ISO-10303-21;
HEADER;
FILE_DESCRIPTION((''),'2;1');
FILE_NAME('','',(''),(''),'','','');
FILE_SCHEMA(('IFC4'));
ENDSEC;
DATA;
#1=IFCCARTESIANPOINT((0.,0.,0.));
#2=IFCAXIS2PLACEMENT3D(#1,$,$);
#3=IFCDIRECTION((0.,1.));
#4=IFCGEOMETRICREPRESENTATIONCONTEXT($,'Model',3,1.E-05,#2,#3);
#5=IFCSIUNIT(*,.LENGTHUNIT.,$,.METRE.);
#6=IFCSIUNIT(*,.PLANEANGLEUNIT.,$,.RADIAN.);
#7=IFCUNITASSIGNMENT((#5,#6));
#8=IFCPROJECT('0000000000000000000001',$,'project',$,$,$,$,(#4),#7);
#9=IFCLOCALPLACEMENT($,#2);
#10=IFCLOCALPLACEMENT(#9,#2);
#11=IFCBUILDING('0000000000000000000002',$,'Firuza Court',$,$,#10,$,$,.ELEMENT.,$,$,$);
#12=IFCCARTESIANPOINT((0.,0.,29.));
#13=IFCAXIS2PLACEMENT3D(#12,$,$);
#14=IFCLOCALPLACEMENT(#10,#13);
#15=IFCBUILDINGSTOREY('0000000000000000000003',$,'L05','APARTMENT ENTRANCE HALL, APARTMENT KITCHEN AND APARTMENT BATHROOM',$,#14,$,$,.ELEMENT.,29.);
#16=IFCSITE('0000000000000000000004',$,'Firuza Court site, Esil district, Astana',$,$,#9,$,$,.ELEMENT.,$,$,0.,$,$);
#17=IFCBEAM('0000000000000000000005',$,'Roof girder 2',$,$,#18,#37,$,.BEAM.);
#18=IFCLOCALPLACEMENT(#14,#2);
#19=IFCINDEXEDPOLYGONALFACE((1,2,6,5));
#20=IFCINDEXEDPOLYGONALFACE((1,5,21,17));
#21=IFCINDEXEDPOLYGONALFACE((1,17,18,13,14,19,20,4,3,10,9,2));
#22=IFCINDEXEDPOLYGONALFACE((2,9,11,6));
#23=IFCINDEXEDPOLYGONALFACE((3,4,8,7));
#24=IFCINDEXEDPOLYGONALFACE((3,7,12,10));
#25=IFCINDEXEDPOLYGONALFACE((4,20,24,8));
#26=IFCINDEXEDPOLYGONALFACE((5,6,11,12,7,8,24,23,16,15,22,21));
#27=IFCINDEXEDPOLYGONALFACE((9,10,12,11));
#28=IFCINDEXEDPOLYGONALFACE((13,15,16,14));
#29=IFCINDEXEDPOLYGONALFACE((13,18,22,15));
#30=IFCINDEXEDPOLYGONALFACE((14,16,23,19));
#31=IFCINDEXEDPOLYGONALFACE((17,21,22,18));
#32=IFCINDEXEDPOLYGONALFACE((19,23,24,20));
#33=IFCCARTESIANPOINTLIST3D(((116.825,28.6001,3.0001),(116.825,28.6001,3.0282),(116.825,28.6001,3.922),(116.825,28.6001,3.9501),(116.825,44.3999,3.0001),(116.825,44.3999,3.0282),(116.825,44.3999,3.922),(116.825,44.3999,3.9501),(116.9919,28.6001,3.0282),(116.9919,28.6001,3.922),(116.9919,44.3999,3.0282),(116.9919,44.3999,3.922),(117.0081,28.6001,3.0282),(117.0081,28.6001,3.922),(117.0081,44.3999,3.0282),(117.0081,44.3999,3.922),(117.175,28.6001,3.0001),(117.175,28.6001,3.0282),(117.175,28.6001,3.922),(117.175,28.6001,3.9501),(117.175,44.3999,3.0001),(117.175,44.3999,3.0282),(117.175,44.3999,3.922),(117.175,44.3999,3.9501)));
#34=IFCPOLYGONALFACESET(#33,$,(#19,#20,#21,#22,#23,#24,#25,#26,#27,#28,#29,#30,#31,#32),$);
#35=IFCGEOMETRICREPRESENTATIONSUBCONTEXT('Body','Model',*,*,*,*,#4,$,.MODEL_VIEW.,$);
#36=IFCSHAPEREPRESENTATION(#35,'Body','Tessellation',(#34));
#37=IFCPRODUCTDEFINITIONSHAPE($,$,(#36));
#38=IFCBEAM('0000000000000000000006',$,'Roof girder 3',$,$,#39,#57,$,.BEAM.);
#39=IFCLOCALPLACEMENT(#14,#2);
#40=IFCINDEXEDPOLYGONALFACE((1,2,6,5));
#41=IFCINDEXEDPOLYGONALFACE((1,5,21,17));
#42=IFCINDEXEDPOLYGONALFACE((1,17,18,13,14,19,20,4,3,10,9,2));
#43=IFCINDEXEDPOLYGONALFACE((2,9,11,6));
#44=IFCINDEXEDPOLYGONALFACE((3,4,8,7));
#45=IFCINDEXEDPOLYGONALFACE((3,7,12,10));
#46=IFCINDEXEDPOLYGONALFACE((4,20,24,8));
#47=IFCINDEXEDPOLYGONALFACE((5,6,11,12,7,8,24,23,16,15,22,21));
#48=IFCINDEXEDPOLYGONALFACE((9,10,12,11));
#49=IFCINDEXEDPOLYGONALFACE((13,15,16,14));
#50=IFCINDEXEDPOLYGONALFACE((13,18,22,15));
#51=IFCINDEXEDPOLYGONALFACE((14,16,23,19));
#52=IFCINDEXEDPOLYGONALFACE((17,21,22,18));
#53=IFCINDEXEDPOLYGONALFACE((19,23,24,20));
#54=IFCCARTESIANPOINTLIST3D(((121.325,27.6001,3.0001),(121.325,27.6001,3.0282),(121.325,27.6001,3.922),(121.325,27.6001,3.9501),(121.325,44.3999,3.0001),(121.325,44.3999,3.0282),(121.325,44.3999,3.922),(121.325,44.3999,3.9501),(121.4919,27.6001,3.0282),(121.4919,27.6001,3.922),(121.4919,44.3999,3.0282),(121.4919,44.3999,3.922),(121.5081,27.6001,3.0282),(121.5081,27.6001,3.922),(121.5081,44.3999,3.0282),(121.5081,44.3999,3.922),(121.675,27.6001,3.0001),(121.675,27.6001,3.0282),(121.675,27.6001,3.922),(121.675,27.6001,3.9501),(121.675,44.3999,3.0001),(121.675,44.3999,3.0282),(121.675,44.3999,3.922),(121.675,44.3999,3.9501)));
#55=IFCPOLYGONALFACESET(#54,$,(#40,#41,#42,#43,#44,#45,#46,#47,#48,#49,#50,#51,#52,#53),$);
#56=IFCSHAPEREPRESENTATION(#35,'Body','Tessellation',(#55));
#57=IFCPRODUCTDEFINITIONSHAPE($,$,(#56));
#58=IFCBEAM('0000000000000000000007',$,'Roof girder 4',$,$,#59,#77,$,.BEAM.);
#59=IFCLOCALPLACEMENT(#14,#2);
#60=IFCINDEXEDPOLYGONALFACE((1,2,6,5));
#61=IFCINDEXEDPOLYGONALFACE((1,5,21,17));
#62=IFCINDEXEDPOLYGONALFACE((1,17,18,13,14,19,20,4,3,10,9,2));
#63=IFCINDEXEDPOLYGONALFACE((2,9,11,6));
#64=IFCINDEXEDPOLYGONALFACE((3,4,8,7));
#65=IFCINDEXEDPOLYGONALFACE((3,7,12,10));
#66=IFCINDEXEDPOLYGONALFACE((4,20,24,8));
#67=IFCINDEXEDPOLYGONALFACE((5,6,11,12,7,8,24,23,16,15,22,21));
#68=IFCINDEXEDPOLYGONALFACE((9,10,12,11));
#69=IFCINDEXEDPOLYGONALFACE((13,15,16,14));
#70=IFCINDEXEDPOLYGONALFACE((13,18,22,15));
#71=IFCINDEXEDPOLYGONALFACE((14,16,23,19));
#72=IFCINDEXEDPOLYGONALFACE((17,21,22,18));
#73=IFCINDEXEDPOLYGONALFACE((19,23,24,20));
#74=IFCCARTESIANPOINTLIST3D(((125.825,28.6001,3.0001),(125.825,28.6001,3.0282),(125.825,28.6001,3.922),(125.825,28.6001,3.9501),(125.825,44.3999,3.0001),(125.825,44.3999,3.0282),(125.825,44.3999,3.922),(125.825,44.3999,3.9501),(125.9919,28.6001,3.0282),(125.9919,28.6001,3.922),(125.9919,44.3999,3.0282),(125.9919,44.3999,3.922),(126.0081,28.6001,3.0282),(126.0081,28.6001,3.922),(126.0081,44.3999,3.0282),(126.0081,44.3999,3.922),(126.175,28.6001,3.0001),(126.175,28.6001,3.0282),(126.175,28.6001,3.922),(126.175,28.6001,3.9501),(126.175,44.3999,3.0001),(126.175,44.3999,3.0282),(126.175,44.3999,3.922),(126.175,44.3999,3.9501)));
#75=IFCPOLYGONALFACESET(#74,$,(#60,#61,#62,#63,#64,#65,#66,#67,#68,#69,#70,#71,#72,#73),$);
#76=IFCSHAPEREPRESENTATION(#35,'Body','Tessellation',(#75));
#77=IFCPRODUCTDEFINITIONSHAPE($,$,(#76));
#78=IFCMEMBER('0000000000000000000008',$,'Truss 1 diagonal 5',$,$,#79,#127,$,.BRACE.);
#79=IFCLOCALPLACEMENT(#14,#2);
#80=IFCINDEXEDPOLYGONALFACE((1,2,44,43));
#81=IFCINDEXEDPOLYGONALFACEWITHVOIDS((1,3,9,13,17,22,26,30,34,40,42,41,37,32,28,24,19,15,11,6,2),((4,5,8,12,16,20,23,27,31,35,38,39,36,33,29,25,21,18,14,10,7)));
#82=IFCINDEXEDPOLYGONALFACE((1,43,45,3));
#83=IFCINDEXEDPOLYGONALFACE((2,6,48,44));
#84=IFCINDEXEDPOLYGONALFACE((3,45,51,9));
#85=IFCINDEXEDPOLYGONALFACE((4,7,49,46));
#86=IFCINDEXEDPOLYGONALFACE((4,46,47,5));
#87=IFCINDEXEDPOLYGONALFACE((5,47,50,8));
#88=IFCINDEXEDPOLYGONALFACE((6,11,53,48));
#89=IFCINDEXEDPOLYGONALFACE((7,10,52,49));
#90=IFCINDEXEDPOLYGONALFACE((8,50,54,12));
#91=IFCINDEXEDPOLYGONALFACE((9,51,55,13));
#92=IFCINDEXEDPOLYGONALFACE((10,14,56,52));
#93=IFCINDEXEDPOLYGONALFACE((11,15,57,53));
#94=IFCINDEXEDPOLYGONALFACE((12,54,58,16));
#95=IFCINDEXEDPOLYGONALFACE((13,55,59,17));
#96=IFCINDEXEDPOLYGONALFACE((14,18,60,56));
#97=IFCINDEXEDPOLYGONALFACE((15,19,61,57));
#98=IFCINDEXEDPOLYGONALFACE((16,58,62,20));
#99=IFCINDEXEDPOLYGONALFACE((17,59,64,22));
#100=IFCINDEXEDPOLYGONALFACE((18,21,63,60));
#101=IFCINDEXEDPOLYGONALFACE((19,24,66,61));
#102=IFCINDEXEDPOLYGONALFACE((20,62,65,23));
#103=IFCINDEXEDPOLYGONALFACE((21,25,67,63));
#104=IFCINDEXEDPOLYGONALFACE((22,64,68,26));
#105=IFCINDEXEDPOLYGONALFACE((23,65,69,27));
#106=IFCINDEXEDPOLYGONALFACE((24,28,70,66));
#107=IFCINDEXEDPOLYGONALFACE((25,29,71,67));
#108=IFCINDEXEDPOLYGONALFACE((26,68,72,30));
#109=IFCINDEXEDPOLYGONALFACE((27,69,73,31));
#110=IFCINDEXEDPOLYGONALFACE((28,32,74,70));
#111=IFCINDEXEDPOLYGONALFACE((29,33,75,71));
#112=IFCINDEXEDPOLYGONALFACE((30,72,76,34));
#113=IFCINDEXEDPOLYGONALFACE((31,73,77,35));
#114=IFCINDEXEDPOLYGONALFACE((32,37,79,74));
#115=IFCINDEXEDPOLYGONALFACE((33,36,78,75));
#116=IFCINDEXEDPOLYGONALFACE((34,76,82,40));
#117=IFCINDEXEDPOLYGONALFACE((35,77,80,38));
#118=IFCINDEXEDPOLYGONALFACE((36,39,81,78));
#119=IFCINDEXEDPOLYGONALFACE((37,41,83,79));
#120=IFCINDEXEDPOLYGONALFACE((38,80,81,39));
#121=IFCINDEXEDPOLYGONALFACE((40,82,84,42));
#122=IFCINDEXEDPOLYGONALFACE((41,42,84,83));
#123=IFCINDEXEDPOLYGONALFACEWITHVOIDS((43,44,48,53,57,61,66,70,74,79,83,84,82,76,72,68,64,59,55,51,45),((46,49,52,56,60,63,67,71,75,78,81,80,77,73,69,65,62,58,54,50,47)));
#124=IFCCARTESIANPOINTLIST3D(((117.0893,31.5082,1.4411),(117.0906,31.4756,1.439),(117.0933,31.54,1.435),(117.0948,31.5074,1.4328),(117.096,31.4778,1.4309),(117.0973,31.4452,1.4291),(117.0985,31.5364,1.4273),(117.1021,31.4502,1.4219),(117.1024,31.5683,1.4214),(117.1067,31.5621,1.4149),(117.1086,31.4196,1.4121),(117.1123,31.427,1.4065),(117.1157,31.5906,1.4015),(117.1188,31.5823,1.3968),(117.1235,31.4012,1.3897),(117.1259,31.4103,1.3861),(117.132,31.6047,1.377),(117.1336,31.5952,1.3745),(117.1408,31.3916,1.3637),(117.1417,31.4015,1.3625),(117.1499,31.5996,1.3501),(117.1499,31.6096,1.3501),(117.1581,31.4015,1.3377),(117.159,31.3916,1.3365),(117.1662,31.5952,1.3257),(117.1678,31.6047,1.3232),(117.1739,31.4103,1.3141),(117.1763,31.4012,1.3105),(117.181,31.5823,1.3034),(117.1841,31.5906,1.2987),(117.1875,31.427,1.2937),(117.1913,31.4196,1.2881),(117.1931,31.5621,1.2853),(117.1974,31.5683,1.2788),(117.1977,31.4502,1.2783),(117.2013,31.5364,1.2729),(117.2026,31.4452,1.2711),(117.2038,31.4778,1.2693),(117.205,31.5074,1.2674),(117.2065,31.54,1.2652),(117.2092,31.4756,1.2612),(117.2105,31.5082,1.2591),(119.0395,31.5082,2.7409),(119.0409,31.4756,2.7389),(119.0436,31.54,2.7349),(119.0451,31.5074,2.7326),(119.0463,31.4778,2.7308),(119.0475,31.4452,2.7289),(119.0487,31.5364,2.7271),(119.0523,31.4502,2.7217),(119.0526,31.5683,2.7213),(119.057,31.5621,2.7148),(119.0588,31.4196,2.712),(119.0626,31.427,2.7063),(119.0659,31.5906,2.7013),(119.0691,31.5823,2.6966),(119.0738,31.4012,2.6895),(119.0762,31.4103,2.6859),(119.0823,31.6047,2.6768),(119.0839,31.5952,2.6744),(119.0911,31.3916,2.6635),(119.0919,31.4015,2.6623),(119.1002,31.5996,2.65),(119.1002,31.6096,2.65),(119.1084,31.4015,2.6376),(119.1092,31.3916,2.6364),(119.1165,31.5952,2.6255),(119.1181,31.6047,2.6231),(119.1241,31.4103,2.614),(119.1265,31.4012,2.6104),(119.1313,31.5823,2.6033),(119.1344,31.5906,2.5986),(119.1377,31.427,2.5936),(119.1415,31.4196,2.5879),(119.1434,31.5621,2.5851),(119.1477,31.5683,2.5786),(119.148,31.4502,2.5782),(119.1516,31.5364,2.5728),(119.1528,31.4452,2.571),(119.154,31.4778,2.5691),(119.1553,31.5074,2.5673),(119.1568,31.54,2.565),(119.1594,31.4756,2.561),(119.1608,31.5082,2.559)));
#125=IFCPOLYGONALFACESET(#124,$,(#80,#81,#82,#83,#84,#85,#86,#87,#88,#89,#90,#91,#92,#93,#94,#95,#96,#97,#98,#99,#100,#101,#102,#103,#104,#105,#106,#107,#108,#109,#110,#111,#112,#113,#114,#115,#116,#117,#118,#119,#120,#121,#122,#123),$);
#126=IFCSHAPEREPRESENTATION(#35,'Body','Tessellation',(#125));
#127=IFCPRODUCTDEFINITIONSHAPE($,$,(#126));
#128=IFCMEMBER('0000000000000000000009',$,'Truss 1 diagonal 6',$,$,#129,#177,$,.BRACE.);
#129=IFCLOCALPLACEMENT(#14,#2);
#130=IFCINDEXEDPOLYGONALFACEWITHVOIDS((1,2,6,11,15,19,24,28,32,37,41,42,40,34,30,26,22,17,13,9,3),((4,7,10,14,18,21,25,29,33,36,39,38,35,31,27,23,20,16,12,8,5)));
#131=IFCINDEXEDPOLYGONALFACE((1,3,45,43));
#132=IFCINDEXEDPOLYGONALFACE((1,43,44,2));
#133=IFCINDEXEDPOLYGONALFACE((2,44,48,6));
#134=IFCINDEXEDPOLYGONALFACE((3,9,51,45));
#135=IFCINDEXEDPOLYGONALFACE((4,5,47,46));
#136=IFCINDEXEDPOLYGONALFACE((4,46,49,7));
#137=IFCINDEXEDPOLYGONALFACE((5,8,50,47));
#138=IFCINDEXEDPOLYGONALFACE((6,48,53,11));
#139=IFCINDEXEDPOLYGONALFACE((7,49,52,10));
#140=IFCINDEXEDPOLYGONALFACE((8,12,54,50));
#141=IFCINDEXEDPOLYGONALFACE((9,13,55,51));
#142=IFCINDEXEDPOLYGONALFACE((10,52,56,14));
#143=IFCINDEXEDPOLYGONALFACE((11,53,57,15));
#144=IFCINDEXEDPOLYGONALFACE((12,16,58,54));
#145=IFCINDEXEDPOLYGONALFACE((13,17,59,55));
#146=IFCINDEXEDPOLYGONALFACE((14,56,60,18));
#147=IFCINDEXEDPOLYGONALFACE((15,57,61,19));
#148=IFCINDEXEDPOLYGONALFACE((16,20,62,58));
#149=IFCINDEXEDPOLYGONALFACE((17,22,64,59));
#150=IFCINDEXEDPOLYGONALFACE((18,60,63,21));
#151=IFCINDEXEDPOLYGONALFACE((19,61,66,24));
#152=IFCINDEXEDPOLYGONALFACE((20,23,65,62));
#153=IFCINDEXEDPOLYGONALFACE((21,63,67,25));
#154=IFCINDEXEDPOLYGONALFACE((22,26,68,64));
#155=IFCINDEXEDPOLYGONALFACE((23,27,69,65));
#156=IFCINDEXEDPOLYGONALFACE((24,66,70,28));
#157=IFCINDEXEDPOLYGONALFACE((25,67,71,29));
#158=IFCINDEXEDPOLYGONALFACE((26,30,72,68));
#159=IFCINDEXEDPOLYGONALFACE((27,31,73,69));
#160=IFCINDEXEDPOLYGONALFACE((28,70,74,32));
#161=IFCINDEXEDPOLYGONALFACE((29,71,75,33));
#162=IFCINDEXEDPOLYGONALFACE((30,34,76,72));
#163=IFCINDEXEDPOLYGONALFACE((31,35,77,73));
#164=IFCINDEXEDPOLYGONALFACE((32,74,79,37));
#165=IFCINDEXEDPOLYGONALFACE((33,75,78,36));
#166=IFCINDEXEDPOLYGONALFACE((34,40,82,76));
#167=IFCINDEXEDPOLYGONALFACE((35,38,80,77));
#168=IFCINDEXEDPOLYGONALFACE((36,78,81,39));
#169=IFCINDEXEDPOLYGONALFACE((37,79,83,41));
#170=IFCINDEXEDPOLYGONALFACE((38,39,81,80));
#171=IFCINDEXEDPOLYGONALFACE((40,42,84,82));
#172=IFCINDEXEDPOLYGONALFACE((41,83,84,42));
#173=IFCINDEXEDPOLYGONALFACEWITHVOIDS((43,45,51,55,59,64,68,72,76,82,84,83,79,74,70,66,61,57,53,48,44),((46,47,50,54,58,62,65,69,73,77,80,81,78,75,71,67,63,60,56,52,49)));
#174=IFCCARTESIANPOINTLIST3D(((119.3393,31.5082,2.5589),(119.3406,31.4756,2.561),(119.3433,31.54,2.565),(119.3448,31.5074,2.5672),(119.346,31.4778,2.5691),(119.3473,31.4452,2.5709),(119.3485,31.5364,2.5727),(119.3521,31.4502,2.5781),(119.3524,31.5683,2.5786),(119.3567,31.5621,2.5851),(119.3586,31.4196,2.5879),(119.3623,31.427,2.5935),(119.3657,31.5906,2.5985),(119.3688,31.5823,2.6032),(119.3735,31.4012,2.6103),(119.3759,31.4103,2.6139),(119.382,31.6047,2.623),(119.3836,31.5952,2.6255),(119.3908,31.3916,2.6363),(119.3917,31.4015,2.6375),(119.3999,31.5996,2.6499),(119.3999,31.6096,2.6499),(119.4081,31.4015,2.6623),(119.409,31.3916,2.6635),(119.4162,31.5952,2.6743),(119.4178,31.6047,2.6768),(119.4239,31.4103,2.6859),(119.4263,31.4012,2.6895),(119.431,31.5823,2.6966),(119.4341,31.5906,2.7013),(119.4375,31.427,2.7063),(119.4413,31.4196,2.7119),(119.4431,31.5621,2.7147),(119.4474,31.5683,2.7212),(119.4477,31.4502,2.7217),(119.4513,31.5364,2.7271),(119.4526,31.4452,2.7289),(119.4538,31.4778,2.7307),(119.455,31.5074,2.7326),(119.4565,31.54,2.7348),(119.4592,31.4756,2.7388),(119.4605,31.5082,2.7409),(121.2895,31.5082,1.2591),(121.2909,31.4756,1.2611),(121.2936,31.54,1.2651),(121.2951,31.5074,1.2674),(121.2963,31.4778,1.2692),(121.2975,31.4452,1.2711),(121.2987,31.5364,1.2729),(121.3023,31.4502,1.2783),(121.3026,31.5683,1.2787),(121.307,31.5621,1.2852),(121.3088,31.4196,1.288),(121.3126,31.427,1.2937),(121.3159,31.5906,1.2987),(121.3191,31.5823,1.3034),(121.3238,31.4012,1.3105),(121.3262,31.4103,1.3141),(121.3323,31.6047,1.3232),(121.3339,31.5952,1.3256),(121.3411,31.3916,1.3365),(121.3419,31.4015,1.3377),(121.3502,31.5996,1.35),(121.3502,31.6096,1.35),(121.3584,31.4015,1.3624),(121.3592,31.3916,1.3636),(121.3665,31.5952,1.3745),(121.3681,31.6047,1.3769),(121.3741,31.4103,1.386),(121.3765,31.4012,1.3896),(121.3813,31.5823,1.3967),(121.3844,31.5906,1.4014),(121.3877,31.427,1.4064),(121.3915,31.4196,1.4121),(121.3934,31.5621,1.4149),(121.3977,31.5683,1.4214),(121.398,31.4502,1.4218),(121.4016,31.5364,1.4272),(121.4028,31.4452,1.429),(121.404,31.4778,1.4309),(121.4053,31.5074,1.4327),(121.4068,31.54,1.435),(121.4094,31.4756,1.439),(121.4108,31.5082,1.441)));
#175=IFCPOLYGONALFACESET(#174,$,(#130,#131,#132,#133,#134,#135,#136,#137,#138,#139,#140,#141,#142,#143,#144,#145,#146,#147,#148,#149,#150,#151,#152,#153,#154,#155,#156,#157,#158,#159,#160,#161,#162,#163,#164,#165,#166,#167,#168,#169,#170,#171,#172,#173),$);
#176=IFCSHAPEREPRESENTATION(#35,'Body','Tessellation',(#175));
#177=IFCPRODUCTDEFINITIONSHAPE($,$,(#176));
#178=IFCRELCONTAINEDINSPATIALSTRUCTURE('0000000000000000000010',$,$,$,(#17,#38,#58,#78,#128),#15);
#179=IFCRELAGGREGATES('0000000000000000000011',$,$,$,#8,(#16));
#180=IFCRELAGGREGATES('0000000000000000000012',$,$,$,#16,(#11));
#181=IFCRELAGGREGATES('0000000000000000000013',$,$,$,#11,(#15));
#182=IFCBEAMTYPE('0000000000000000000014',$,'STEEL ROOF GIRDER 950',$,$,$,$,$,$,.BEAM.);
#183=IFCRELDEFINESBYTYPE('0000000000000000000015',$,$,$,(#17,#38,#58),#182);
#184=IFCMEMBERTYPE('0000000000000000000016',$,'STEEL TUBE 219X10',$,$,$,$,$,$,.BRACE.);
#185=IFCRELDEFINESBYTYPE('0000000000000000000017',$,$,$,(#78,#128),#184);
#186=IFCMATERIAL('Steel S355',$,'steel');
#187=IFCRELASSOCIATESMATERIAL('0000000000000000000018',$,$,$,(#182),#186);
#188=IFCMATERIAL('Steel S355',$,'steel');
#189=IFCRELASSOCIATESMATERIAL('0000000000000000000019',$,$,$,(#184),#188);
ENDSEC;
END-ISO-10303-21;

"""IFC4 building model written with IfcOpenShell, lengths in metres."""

from ifc_helpers import new_model, si_unit, direction, frame, origin, origin_2d, place, context, subcontext, project, spatial, hollow_circle, i_section, extrude, material, material_profile, profile_set, type_object, element, save


model = new_model("IFC4")

# Units and contexts
model_context = context("Model", 3, precision=1e-05, world=origin(), true_north=direction((0.0, 1.0)))
body_context = subcontext(model_context, "Body", "Model", "MODEL_VIEW")
ifc_project = project(units=[si_unit("LENGTHUNIT", "METRE"), si_unit("PLANEANGLEUNIT", "RADIAN")], contexts=[model_context])

# Site, building, storey
site_placement = place(None, origin())
site = spatial("IfcSite", under=ifc_project, at=site_placement, Name="Firuza Court site, Esil district, Astana", CompositionType="ELEMENT", RefElevation=0.0)
building_placement = place(site_placement, origin())
building = spatial("IfcBuilding", under=site, at=building_placement, Name="Firuza Court", CompositionType="ELEMENT")
storey_placement = place(building_placement, frame((0.0, 0.0, 29.0)))
storey = spatial("IfcBuildingStorey", under=building, at=storey_placement, Name="L05", Description="APARTMENT ENTRANCE HALL, APARTMENT KITCHEN AND APARTMENT BATHROOM", CompositionType="ELEMENT", Elevation=29.0)

# Beams
ifc_material_1 = material(Name="Steel S355", Category="steel")
ifc_material_profile_1 = material_profile(ifc_material_1, i_section(OverallWidth=0.3501, OverallDepth=0.95, WebThickness=0.0161, FlangeThickness=0.0281, at=origin_2d()), Name="I 950X350")
ifc_profile_set_1 = profile_set([ifc_material_profile_1], Name="Steel S355")
beam_type_1 = type_object("IfcBeamType", Name="STEEL ROOF GIRDER 950", PredefinedType="BEAM", material=ifc_profile_set_1)
beam_1_placement = place(storey_placement, frame((117.0, 28.6001, 3.4751), z_axis=(0.0, 1.0, 0.0), x_axis=(-1.0, 0.0, 0.0)))
element("IfcBeam", 1, at=beam_1_placement, inside=storey, type_object=beam_type_1, Name="Roof girder 2", PredefinedType="BEAM", context=body_context, shape_type="SweptSolid", body=[
    extrude(i_section(OverallWidth=0.3501, OverallDepth=0.95, WebThickness=0.0161, FlangeThickness=0.0281, at=origin_2d()), origin(), (0.0, 0.0, 1.0), 15.7998),
])
beam_2_placement = place(storey_placement, frame((121.5, 27.6001, 3.4751), z_axis=(0.0, 1.0, 0.0), x_axis=(-1.0, 0.0, 0.0)))
element("IfcBeam", 2, at=beam_2_placement, inside=storey, type_object=beam_type_1, Name="Roof girder 3", PredefinedType="BEAM", context=body_context, shape_type="SweptSolid", body=[
    extrude(i_section(OverallWidth=0.3501, OverallDepth=0.95, WebThickness=0.0161, FlangeThickness=0.0281, at=origin_2d()), origin(), (0.0, 0.0, 1.0), 16.7998),
])
beam_3_placement = place(storey_placement, frame((126.0, 28.6001, 3.4751), z_axis=(0.0, 1.0, 0.0), x_axis=(-1.0, 0.0, 0.0)))
element("IfcBeam", 3, at=beam_3_placement, inside=storey, type_object=beam_type_1, Name="Roof girder 4", PredefinedType="BEAM", context=body_context, shape_type="SweptSolid", body=[
    extrude(i_section(OverallWidth=0.3501, OverallDepth=0.95, WebThickness=0.0161, FlangeThickness=0.0281, at=origin_2d()), origin(), (0.0, 0.0, 1.0), 15.7998),
])

# Members
ifc_material_2 = material(Name="Steel S355", Category="steel")
ifc_material_profile_2 = material_profile(ifc_material_2, hollow_circle(Radius=0.1096, WallThickness=0.01, at=origin_2d()), Name="CHS 219X10")
ifc_profile_set_2 = profile_set([ifc_material_profile_2], Name="Steel S355")
member_type_1 = type_object("IfcMemberType", Name="STEEL TUBE 219X10", PredefinedType="BRACE", material=ifc_profile_set_2)
for number, where, z_axis, x_axis, name in (
    (4, (117.1499, 31.5, 1.3501), (0.832114, 0.0, 0.554604), (0.0, 1.0, 0.0), "Truss 1 diagonal 5"),
    (5, (119.3999, 31.5, 2.6499), (0.832114, 0.0, -0.554604), (0.0, 1.0, 0.0), "Truss 1 diagonal 6"),
):
    element("IfcMember", number, at=place(storey_placement, frame(where, z_axis=z_axis, x_axis=x_axis)), inside=storey, type_object=member_type_1, Name=name, PredefinedType="BRACE", context=body_context, shape_type="SweptSolid", body=[
        extrude(hollow_circle(Radius=0.1096, WallThickness=0.01, at=origin_2d()), origin(), (0.0, 0.0, 1.0), 2.3438),
    ])

save(model, "model.ifc")
